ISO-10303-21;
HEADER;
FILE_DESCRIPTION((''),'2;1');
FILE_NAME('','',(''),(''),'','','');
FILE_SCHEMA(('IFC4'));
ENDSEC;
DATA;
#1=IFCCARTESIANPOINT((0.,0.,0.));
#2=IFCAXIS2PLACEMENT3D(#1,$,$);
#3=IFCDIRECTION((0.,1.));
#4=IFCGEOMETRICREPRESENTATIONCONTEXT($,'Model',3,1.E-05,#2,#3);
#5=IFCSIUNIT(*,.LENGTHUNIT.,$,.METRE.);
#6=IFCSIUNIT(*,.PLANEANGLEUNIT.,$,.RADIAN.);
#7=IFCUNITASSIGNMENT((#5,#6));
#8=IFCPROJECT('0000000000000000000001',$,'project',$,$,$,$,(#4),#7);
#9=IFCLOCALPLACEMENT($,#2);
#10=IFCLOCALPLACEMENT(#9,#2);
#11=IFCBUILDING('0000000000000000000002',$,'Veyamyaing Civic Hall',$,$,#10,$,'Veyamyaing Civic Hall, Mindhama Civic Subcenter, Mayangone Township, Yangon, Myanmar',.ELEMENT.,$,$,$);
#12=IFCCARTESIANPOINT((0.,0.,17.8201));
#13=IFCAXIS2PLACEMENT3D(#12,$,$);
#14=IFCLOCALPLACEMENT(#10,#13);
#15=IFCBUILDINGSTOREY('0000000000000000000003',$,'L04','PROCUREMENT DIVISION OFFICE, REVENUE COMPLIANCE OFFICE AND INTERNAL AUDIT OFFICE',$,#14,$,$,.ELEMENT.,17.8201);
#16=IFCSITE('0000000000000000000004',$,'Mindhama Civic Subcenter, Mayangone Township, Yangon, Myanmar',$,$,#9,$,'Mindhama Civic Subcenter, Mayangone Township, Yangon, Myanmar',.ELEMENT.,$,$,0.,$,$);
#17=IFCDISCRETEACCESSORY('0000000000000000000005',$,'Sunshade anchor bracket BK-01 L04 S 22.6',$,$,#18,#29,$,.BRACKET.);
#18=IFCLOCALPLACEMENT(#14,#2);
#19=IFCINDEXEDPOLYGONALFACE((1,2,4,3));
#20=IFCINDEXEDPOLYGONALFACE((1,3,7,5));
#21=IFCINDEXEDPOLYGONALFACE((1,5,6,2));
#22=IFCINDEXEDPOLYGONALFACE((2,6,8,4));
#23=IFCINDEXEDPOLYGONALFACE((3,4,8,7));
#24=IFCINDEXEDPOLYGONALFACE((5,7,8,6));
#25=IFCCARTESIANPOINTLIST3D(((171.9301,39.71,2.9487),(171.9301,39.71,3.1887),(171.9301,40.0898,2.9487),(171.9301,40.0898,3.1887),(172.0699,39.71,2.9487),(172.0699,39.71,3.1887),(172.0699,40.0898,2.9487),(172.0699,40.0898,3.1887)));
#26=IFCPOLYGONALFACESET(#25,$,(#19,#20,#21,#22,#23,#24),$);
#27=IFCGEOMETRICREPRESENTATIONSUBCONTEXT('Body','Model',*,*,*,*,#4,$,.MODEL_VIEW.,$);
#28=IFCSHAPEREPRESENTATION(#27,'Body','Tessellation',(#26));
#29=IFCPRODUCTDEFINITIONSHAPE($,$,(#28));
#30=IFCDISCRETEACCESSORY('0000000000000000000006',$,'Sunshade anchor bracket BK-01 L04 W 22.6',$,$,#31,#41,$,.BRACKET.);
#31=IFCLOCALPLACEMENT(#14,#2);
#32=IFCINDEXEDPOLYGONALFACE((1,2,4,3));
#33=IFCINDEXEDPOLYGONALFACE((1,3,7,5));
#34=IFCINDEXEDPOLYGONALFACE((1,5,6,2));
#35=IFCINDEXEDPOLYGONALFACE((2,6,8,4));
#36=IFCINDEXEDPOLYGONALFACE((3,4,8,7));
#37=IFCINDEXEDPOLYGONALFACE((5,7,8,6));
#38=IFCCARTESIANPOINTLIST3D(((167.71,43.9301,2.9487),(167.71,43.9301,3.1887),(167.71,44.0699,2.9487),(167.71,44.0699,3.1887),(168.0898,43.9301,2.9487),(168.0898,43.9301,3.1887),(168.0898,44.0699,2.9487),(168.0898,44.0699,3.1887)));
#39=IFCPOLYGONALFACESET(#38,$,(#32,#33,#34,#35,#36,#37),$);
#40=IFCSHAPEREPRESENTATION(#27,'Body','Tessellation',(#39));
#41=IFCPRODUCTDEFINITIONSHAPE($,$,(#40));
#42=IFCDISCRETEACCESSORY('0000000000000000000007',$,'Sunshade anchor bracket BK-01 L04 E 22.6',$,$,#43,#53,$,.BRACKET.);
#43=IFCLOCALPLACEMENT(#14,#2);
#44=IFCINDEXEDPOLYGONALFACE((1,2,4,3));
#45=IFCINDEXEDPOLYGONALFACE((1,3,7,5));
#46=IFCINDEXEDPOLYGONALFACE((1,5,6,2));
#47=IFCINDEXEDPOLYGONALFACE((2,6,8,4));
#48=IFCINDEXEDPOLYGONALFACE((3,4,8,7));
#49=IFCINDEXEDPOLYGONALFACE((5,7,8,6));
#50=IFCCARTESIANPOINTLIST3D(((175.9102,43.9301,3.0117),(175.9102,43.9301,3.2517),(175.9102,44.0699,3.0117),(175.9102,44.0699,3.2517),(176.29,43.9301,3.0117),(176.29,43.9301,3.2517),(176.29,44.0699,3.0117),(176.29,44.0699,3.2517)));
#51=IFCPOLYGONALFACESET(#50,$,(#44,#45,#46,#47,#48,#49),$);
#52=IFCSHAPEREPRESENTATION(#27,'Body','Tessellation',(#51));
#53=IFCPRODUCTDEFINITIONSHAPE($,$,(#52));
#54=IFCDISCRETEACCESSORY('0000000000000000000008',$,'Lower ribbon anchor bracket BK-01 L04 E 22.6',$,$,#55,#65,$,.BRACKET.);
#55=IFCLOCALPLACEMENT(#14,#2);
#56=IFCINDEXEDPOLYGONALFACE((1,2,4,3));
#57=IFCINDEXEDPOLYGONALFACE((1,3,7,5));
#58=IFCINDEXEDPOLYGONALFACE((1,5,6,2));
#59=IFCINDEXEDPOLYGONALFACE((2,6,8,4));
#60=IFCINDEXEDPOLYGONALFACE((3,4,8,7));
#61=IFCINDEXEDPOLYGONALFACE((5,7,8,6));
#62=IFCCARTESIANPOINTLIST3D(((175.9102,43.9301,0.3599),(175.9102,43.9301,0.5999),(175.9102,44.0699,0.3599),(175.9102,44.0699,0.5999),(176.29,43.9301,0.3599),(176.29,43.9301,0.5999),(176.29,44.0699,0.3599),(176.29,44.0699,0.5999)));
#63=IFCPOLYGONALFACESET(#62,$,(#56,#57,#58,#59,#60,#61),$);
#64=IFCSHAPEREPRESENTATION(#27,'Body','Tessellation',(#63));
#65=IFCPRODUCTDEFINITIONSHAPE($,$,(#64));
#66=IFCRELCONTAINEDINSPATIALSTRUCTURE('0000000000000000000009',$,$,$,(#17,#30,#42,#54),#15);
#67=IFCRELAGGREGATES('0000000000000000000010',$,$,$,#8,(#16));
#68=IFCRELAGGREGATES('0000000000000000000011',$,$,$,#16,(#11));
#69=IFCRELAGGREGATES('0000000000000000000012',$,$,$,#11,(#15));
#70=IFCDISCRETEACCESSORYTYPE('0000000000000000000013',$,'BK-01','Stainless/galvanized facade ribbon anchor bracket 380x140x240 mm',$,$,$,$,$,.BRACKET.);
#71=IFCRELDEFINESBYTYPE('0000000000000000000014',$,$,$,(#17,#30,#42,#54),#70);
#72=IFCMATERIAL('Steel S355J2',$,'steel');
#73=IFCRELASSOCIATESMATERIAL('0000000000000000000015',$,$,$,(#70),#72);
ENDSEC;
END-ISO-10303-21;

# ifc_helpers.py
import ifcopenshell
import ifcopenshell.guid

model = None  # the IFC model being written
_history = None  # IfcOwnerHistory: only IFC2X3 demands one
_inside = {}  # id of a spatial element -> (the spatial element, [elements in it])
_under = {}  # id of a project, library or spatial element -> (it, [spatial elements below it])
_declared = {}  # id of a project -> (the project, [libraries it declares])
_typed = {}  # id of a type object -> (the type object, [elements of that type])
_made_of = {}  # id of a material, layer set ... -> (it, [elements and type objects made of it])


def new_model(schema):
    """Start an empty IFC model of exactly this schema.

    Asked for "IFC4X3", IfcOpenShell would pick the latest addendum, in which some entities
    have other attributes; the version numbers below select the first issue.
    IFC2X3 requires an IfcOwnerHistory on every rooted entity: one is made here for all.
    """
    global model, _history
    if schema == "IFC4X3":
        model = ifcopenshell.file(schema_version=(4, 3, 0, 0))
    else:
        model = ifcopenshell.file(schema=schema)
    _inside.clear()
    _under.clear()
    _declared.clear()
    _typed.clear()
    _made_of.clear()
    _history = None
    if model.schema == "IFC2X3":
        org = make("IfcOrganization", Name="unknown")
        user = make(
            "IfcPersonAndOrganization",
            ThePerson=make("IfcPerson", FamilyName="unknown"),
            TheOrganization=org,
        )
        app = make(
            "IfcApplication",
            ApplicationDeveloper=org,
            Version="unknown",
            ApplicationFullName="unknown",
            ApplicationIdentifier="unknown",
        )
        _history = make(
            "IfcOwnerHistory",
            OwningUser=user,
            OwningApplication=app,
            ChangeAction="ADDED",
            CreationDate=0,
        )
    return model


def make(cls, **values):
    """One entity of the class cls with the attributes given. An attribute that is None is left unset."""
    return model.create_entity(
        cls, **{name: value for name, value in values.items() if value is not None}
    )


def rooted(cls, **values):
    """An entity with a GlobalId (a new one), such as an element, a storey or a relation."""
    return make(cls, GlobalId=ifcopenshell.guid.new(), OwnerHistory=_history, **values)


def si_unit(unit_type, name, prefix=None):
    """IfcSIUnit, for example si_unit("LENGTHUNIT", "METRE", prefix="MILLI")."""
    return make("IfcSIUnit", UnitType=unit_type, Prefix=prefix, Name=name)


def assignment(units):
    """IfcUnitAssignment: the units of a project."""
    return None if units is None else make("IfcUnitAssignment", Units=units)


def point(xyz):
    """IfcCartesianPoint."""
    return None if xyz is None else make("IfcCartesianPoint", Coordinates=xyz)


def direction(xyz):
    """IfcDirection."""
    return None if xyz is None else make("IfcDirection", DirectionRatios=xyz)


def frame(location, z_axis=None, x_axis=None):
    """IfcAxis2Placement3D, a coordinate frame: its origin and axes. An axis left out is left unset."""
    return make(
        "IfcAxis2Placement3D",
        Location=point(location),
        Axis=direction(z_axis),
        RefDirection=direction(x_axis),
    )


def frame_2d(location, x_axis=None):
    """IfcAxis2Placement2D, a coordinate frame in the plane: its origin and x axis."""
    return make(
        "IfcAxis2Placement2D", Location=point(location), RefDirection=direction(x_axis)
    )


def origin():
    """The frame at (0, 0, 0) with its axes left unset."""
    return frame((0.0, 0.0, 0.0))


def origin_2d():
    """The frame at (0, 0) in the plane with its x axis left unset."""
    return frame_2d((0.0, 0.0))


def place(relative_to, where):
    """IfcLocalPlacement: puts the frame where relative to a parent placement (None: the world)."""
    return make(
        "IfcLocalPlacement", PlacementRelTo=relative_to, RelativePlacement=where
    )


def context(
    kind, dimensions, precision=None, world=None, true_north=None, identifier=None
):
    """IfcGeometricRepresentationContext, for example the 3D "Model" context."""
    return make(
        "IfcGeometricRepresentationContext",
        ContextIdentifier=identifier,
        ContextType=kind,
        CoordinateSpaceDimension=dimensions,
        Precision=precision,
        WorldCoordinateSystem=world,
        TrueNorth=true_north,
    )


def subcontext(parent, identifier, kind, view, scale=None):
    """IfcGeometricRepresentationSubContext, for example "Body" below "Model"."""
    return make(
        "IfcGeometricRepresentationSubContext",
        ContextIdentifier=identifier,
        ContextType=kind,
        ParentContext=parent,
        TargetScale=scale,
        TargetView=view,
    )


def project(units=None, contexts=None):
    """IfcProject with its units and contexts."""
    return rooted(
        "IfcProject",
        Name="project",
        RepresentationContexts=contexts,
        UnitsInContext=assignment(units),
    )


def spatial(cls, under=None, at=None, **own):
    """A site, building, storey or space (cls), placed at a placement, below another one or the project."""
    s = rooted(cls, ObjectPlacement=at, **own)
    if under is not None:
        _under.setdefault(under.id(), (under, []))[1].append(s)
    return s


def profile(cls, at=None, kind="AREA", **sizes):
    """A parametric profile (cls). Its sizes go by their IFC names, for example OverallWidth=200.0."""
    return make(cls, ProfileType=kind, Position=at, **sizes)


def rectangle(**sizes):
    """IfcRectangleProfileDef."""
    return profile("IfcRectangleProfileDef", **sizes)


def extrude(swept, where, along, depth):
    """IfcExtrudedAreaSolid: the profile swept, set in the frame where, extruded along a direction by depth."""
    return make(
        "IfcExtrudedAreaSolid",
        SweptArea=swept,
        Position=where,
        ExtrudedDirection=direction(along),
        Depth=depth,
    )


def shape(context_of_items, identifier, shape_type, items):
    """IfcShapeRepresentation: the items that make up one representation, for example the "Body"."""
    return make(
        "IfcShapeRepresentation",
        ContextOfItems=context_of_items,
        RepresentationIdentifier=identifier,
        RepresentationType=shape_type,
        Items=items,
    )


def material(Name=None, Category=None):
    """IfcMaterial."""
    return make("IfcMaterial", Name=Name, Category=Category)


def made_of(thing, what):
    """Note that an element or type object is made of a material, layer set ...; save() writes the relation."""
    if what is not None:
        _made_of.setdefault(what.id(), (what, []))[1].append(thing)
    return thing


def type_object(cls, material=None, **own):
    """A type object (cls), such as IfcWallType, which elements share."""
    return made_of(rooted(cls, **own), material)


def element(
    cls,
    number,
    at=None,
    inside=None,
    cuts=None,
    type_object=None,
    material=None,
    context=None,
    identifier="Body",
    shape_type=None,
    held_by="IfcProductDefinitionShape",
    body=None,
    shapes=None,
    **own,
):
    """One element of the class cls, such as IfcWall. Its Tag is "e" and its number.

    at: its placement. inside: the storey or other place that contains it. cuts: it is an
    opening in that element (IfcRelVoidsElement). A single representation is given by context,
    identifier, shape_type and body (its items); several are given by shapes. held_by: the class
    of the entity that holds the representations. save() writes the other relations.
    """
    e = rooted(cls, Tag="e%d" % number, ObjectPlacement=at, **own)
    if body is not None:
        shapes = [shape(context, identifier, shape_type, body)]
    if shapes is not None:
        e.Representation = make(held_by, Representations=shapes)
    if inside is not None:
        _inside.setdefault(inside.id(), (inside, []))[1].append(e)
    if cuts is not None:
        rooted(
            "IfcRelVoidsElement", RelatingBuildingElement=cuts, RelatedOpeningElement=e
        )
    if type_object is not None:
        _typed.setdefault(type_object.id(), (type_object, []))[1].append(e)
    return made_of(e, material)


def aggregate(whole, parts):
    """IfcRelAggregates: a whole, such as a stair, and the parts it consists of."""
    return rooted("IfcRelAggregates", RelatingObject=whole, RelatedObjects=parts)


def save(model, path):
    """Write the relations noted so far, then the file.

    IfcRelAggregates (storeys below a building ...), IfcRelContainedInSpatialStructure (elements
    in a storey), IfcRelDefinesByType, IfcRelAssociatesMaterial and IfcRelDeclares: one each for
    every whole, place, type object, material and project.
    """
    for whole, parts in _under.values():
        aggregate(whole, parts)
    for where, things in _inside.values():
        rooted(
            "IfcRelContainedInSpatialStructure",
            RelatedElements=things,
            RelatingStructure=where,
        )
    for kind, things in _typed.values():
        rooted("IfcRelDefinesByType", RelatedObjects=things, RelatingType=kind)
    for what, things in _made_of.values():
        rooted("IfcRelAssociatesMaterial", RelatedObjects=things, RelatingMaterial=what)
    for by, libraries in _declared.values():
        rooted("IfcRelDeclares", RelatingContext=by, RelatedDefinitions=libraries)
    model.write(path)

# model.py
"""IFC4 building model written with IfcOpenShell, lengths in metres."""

from ifc_helpers import new_model, si_unit, direction, frame, origin, origin_2d, place, context, subcontext, project, spatial, rectangle, extrude, material, type_object, element, save


model = new_model("IFC4")

# Units and contexts
model_context = context("Model", 3, precision=1e-05, world=origin(), true_north=direction((0.0, 1.0)))
body_context = subcontext(model_context, "Body", "Model", "MODEL_VIEW")
ifc_project = project(units=[si_unit("LENGTHUNIT", "METRE"), si_unit("PLANEANGLEUNIT", "RADIAN")], contexts=[model_context])

# Site, building, storey
site_placement = place(None, origin())
site = spatial("IfcSite", under=ifc_project, at=site_placement, Name="Mindhama Civic Subcenter, Mayangone Township, Yangon, Myanmar", LongName="Mindhama Civic Subcenter, Mayangone Township, Yangon, Myanmar", CompositionType="ELEMENT", RefElevation=0.0)
building_placement = place(site_placement, origin())
building = spatial("IfcBuilding", under=site, at=building_placement, Name="Veyamyaing Civic Hall", LongName="Veyamyaing Civic Hall, Mindhama Civic Subcenter, Mayangone Township, Yangon, Myanmar", CompositionType="ELEMENT")
storey_placement = place(building_placement, frame((0.0, 0.0, 17.8201)))
storey = spatial("IfcBuildingStorey", under=building, at=storey_placement, Name="L04", Description="PROCUREMENT DIVISION OFFICE, REVENUE COMPLIANCE OFFICE AND INTERNAL AUDIT OFFICE", CompositionType="ELEMENT", Elevation=17.8201)

# Shared definitions
ifc_material_1 = material(Name="Steel S355J2", Category="steel")

# Discrete accessories
discrete_accessory_type = type_object("IfcDiscreteAccessoryType", Name="BK-01", Description="Stainless/galvanized facade ribbon anchor bracket 380x140x240 mm", PredefinedType="BRACKET", material=ifc_material_1)
for number, where, z_axis, x_axis, name in (
    (1, (172.0, 39.8999, 2.9487), (0.0, 0.0, 1.0), (0.0, -1.0, 0.0), "Sunshade anchor bracket BK-01 L04 S 22.6"),
    (2, (167.8999, 44.0, 2.9487), (0.0, 0.0, 1.0), (-1.0, 0.0, 0.0), "Sunshade anchor bracket BK-01 L04 W 22.6"),
    (3, (176.1001, 44.0, 3.0117), (0.0, 0.0, 1.0), (1.0, 0.0, 0.0), "Sunshade anchor bracket BK-01 L04 E 22.6"),
    (4, (176.1001, 44.0, 0.3599), (0.0, 0.0, 1.0), (1.0, 0.0, 0.0), "Lower ribbon anchor bracket BK-01 L04 E 22.6"),
):
    element("IfcDiscreteAccessory", number, at=place(storey_placement, frame(where, z_axis=z_axis, x_axis=x_axis)), inside=storey, type_object=discrete_accessory_type, Name=name, PredefinedType="BRACKET", context=body_context, shape_type="SweptSolid", body=[
        extrude(rectangle(XDim=0.3799, YDim=0.1399, at=origin_2d()), origin(), (0.0, 0.0, 1.0), 0.24),
    ])

save(model, "model.ifc")
